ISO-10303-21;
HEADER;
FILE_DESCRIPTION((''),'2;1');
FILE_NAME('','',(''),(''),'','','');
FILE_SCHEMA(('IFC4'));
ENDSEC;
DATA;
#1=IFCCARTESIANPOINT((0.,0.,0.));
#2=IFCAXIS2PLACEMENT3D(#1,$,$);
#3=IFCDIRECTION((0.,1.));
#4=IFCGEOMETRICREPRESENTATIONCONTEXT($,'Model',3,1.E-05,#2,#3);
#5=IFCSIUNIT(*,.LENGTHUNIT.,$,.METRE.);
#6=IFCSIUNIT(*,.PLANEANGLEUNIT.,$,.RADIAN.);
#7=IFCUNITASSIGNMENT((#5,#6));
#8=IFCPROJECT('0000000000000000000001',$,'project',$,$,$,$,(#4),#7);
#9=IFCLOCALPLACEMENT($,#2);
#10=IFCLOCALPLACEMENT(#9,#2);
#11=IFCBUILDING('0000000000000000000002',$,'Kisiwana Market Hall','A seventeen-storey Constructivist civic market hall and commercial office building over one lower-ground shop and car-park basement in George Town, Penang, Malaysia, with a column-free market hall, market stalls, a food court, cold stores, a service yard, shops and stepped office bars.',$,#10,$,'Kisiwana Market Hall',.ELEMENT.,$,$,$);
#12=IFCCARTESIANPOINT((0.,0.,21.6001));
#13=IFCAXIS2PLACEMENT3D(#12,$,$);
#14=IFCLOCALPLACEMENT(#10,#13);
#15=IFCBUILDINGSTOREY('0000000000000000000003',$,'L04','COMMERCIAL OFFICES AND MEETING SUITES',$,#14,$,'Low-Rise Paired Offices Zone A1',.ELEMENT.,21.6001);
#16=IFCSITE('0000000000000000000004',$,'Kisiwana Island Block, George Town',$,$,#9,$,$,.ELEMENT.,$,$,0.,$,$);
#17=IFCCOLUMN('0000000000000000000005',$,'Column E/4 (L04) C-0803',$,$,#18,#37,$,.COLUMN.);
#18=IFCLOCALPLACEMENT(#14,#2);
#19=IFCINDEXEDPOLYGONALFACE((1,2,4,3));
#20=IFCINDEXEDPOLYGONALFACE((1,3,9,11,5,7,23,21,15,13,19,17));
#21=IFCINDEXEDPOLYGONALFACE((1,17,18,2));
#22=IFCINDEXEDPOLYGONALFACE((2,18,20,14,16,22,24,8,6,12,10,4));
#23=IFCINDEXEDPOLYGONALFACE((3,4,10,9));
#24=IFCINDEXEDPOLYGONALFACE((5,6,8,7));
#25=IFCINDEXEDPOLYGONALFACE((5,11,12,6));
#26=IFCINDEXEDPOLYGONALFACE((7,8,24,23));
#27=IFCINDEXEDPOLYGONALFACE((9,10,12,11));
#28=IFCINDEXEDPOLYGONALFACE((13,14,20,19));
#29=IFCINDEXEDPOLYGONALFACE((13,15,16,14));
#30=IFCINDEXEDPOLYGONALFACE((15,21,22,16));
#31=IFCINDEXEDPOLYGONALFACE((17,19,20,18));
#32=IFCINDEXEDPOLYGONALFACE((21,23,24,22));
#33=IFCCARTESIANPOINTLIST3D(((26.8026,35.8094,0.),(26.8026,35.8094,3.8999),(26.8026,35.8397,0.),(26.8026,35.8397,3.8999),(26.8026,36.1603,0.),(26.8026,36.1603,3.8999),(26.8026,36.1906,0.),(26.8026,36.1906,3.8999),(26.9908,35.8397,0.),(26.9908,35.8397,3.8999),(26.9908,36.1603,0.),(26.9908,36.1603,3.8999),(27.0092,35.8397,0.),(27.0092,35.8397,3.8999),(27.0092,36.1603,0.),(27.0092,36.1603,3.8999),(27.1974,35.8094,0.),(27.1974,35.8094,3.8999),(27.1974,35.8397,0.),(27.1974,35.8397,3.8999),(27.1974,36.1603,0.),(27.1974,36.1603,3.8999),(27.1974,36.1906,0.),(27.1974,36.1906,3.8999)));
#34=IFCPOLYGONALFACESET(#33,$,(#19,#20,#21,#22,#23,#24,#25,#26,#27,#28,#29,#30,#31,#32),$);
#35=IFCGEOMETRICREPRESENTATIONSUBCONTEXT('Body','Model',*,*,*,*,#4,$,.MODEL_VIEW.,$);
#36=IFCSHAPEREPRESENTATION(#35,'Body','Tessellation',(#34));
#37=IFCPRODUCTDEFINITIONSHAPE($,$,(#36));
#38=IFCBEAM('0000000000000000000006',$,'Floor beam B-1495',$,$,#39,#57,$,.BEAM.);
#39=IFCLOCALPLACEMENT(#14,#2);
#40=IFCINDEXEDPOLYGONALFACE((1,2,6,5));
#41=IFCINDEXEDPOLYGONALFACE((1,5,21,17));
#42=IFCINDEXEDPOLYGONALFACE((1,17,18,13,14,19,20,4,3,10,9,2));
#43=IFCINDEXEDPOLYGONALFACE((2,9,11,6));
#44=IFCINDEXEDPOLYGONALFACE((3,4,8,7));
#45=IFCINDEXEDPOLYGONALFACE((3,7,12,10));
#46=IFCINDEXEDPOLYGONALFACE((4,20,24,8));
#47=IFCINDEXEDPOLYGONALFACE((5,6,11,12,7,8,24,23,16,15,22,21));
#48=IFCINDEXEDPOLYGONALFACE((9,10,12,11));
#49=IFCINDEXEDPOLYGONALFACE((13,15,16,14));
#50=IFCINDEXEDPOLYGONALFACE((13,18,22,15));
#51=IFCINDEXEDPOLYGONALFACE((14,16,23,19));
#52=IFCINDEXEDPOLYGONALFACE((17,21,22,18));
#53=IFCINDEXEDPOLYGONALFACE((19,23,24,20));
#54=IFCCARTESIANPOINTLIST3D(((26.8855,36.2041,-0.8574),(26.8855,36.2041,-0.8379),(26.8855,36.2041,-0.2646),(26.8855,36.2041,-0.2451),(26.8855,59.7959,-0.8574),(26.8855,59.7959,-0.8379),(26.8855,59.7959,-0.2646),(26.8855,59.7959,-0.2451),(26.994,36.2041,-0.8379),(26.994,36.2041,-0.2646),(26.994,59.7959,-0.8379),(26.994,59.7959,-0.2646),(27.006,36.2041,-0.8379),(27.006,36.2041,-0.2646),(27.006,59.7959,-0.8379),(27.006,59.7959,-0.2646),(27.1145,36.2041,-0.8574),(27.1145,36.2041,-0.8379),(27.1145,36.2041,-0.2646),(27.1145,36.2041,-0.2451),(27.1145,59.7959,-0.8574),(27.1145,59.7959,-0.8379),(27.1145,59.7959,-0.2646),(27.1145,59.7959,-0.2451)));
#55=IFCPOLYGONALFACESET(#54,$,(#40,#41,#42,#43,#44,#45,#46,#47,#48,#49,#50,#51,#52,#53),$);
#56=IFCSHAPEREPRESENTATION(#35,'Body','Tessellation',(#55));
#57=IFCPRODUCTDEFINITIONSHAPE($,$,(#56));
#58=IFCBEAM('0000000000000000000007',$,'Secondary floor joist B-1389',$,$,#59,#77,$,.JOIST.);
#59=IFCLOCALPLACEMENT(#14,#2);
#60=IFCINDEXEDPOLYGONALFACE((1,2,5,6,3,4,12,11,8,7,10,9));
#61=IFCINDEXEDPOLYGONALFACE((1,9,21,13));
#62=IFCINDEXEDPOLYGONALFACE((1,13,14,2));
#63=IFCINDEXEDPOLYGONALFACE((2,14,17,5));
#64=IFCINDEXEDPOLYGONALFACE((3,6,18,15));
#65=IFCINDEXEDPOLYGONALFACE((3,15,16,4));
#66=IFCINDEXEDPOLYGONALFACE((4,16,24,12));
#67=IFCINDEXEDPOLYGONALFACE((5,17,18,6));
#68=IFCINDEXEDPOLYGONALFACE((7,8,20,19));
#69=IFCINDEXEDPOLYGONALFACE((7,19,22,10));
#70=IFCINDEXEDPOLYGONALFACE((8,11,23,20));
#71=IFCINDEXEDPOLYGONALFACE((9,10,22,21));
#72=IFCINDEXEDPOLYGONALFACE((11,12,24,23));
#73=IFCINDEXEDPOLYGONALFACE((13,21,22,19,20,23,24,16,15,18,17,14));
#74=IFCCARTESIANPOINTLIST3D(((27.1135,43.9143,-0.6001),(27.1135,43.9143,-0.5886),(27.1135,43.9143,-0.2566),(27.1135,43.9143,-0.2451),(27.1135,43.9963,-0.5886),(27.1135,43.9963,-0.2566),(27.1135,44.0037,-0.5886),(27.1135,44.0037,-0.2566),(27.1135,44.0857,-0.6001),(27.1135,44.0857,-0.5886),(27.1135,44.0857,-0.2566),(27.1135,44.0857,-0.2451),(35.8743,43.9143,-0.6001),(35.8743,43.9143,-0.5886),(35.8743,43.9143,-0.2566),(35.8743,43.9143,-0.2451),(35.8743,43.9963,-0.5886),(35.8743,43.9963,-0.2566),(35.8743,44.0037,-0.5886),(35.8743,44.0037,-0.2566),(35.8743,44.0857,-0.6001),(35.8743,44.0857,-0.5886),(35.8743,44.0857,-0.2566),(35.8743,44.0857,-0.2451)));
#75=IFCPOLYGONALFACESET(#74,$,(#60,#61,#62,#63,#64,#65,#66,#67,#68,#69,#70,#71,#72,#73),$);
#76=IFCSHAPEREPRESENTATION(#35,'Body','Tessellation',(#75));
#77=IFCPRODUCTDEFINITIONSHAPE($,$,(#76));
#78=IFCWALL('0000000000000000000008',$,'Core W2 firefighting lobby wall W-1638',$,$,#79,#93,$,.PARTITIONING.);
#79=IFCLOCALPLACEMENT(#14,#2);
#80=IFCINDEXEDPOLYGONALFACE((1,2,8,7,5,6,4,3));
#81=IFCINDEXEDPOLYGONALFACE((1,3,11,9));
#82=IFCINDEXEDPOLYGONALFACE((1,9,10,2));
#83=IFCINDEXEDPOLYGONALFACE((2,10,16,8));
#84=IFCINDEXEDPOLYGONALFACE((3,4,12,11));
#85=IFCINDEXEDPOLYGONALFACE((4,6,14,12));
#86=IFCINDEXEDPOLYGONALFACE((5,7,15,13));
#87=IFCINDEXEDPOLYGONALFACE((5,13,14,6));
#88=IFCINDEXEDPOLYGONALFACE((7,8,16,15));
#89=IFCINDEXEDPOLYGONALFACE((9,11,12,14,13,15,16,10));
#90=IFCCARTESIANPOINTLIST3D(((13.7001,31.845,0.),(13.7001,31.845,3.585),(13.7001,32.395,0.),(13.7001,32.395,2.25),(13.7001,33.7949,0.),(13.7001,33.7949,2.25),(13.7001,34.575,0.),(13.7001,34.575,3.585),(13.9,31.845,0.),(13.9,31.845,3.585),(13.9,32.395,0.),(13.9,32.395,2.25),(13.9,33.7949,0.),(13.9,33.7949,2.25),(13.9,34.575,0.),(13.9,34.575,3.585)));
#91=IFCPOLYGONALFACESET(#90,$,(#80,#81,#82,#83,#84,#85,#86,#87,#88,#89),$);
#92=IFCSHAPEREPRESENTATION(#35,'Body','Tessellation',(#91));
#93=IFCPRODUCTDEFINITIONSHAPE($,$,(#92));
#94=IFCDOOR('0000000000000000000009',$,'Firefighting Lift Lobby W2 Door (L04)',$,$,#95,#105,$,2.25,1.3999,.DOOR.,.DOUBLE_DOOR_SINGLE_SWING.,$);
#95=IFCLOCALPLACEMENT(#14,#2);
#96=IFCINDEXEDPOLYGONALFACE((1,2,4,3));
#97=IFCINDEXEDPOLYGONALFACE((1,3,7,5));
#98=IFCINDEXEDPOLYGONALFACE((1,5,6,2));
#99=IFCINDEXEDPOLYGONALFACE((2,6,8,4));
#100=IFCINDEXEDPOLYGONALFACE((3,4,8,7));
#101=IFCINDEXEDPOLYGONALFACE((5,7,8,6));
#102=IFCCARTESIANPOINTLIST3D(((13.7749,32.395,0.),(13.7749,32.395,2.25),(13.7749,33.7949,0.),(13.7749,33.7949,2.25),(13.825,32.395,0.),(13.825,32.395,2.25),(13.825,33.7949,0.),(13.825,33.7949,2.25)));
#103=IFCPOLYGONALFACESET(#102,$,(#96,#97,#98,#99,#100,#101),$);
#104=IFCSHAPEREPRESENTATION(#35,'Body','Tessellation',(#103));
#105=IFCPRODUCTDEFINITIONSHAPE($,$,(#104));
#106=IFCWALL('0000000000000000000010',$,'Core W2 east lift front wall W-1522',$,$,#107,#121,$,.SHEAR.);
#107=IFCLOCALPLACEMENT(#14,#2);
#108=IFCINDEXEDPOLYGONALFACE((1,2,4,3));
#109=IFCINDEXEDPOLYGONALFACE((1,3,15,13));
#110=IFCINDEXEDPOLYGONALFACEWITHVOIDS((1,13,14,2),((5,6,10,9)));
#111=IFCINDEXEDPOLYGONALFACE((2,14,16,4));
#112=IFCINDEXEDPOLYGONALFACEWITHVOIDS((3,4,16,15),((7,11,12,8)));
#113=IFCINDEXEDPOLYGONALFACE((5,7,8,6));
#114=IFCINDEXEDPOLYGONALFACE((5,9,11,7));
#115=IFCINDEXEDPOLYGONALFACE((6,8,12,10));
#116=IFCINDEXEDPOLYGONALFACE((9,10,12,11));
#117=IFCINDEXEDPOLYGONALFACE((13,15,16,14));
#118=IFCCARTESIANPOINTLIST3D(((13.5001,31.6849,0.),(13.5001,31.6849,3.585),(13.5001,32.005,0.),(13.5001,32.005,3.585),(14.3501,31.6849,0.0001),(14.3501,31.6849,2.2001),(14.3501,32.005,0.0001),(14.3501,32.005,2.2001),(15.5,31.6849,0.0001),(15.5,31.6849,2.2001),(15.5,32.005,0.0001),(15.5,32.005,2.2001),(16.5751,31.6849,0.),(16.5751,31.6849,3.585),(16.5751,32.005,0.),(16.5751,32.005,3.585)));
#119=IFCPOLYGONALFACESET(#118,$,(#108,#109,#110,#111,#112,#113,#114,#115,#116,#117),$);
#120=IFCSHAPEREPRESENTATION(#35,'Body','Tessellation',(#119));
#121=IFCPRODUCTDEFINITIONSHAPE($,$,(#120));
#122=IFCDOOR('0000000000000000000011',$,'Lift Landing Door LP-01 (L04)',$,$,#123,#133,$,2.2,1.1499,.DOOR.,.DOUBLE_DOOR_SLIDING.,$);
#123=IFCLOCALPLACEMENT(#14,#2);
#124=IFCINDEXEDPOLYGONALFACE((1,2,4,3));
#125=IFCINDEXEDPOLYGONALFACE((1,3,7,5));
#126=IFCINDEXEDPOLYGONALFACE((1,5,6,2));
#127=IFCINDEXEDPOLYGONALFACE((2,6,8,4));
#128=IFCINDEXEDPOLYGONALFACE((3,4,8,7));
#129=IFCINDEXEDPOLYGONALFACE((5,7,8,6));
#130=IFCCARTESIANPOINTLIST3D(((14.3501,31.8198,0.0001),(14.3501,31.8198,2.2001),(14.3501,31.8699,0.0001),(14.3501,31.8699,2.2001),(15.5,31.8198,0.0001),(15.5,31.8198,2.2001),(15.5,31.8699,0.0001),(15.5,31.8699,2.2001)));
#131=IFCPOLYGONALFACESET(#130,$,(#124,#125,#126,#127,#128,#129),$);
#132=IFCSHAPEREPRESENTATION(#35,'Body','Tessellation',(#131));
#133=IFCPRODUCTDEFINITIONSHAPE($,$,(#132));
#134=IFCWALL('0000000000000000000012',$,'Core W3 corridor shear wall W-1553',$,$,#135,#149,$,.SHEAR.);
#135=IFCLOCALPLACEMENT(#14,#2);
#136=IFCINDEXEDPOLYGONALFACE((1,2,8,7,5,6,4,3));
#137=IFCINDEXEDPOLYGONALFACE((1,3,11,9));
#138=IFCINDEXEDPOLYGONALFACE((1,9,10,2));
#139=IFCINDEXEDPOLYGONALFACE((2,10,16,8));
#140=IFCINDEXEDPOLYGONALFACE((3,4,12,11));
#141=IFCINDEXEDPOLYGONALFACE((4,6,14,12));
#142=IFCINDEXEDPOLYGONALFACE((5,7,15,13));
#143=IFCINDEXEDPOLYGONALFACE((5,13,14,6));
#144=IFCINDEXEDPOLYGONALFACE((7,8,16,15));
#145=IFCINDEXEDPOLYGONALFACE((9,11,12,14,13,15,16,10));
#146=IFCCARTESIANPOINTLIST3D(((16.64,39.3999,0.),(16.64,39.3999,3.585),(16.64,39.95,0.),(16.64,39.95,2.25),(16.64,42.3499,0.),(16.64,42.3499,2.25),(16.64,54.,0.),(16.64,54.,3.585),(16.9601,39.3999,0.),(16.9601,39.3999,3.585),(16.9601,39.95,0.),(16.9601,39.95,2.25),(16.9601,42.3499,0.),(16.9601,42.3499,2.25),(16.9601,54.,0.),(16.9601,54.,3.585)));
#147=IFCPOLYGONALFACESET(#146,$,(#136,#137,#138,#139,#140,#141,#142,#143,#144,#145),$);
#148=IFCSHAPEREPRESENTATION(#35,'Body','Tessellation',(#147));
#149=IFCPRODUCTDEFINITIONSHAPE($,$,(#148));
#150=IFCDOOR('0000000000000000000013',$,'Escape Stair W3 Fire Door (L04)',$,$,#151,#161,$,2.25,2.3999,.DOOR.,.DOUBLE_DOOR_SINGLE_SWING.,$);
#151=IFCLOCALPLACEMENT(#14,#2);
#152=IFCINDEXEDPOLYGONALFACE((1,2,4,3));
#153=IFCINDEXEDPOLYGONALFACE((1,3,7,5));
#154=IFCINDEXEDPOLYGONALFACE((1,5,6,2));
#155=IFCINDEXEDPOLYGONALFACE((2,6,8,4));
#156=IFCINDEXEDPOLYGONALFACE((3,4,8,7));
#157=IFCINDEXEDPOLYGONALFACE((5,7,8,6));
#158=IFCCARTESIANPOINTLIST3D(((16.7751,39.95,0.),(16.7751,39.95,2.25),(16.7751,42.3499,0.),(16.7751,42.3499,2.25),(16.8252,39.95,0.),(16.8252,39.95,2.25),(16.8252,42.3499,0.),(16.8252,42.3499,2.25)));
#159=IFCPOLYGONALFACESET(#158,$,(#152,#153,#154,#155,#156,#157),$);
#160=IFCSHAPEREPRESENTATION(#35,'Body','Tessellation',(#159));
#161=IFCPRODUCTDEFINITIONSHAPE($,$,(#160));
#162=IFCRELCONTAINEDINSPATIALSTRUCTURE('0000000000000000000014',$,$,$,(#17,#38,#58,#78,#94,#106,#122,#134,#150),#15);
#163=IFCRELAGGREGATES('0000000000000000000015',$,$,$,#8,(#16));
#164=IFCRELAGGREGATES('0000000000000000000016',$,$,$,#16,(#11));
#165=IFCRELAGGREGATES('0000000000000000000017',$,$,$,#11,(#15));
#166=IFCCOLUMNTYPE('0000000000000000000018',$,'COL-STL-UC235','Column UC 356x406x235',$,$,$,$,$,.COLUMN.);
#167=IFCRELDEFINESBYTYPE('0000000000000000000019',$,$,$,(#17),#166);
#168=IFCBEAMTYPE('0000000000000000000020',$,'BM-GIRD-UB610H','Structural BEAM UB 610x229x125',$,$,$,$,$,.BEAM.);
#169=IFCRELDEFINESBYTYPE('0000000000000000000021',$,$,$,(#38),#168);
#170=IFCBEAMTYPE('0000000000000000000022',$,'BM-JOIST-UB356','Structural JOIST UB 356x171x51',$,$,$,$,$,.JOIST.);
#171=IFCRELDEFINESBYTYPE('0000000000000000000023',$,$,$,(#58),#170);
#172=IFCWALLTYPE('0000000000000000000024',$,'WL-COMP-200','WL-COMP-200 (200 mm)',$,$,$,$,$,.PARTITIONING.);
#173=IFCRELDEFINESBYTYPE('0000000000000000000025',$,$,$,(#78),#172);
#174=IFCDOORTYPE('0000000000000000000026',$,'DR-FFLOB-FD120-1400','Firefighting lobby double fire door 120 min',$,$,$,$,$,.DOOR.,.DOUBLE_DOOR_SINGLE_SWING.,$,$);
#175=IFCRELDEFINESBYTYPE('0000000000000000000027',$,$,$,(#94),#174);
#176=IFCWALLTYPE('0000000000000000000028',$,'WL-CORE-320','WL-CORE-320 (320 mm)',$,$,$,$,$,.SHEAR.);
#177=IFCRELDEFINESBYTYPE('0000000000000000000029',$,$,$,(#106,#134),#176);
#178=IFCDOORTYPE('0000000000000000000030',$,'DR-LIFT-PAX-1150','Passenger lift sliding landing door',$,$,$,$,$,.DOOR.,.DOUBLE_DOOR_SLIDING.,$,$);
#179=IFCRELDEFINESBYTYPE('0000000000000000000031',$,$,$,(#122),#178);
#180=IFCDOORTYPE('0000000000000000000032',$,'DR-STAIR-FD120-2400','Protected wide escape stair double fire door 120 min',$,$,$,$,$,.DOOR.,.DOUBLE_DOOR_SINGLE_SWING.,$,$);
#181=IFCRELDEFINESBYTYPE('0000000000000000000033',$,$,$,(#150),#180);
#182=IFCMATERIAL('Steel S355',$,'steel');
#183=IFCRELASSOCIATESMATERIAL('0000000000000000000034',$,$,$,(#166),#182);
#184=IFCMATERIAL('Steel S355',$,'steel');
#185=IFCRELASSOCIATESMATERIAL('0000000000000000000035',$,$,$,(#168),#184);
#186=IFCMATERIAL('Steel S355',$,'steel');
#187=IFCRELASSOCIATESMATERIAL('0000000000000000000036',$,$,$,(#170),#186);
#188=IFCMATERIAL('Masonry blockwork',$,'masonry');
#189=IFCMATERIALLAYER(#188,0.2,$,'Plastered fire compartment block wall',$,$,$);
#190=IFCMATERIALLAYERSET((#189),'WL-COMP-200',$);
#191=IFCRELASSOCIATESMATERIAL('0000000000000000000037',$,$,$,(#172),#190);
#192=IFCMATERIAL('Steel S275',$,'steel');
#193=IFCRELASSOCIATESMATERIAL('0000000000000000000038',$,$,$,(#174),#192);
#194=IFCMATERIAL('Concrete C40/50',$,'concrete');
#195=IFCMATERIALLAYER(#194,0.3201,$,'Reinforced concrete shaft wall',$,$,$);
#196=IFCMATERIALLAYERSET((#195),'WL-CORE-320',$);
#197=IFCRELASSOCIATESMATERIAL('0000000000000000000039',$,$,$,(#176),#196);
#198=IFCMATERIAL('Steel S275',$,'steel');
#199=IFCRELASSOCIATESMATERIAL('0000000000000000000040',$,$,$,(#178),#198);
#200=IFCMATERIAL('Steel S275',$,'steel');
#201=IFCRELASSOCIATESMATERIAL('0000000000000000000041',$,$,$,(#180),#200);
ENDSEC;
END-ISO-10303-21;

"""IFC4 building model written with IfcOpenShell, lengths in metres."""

from ifc_helpers import new_model, si_unit, direction, frame, frame_2d, origin, origin_2d, place, context, subcontext, project, spatial, rectangle, i_section, extrude, material, layer, layer_set, material_profile, profile_set, type_object, element, fill, save


model = new_model("IFC4")

# Units and contexts
model_context = context("Model", 3, precision=1e-05, world=origin(), true_north=direction((0.0, 1.0)))
body_context = subcontext(model_context, "Body", "Model", "MODEL_VIEW")
ifc_project = project(units=[si_unit("LENGTHUNIT", "METRE"), si_unit("PLANEANGLEUNIT", "RADIAN")], contexts=[model_context])

# Site, building, storey
site_placement = place(None, origin())
site = spatial("IfcSite", under=ifc_project, at=site_placement, Name="Kisiwana Island Block, George Town", CompositionType="ELEMENT", RefElevation=0.0)
building_placement = place(site_placement, origin())
building = spatial("IfcBuilding", under=site, at=building_placement, Name="Kisiwana Market Hall", Description="A seventeen-storey Constructivist civic market hall and commercial office building over one lower-ground shop and car-park basement in George Town, Penang, Malaysia, with a column-free market hall, market stalls, a food court, cold stores, a service yard, shops and stepped office bars.", LongName="Kisiwana Market Hall", CompositionType="ELEMENT")
storey_placement = place(building_placement, frame((0.0, 0.0, 21.6001)))
storey = spatial("IfcBuildingStorey", under=building, at=storey_placement, Name="L04", Description="COMMERCIAL OFFICES AND MEETING SUITES", LongName="Low-Rise Paired Offices Zone A1", CompositionType="ELEMENT", Elevation=21.6001)

# Column
ifc_material_1 = material(Name="Steel S355", Category="steel")
ifc_material_profile_1 = material_profile(ifc_material_1, i_section(OverallWidth=0.3948, OverallDepth=0.3811, WebThickness=0.0183, FlangeThickness=0.0303, at=origin_2d()), Name="UC 356x406x235")
ifc_profile_set_1 = profile_set([ifc_material_profile_1], Name="Steel S355")
column_type = type_object("IfcColumnType", Name="COL-STL-UC235", Description="Column UC 356x406x235", PredefinedType="COLUMN", material=ifc_profile_set_1)
column_placement = place(storey_placement, frame((27.0, 36.0, 0.0), z_axis=(0.0, 0.0, 1.0), x_axis=(1.0, 0.0, 0.0)))
element("IfcColumn", 1, at=column_placement, inside=storey, type_object=column_type, Name="Column E/4 (L04) C-0803", PredefinedType="COLUMN", context=body_context, shape_type="SweptSolid", body=[
    extrude(i_section(OverallWidth=0.3948, OverallDepth=0.3811, WebThickness=0.0183, FlangeThickness=0.0303, at=origin_2d()), origin(), (0.0, 0.0, 1.0), 3.8999),
])

# Beams
ifc_material_2 = material(Name="Steel S355", Category="steel")
ifc_material_profile_2 = material_profile(ifc_material_2, i_section(OverallWidth=0.229, OverallDepth=0.6123, WebThickness=0.012, FlangeThickness=0.0195, at=origin_2d()), Name="UB 610x229x125")
ifc_profile_set_2 = profile_set([ifc_material_profile_2], Name="Steel S355")
beam_type_1 = type_object("IfcBeamType", Name="BM-GIRD-UB610H", Description="Structural BEAM UB 610x229x125", PredefinedType="BEAM", material=ifc_profile_set_2)
beam_1_placement = place(storey_placement, frame((27.0, 36.2041, -0.5513), z_axis=(0.0, 1.0, 0.0), x_axis=(-1.0, 0.0, 0.0)))
element("IfcBeam", 2, at=beam_1_placement, inside=storey, type_object=beam_type_1, Name="Floor beam B-1495", PredefinedType="BEAM", context=body_context, shape_type="SweptSolid", body=[
    extrude(i_section(OverallWidth=0.229, OverallDepth=0.6123, WebThickness=0.012, FlangeThickness=0.0195, at=origin_2d()), origin(), (0.0, 0.0, 1.0), 23.5918),
])
ifc_material_3 = material(Name="Steel S355", Category="steel")
ifc_material_profile_3 = material_profile(ifc_material_3, i_section(OverallWidth=0.1714, OverallDepth=0.355, WebThickness=0.0073, FlangeThickness=0.0115, at=origin_2d()), Name="UB 356x171x51")
ifc_profile_set_3 = profile_set([ifc_material_profile_3], Name="Steel S355")
beam_type_2 = type_object("IfcBeamType", Name="BM-JOIST-UB356", Description="Structural JOIST UB 356x171x51", PredefinedType="JOIST", material=ifc_profile_set_3)
beam_2_placement = place(storey_placement, frame((27.1135, 44.0, -0.4226), z_axis=(1.0, 0.0, 0.0), x_axis=(0.0, 1.0, 0.0)))
element("IfcBeam", 3, at=beam_2_placement, inside=storey, type_object=beam_type_2, Name="Secondary floor joist B-1389", PredefinedType="JOIST", context=body_context, shape_type="SweptSolid", body=[
    extrude(i_section(OverallWidth=0.1714, OverallDepth=0.355, WebThickness=0.0073, FlangeThickness=0.0115, at=origin_2d()), origin(), (0.0, 0.0, 1.0), 8.7607),
])

# Walls, openings, doors
ifc_material_4 = material(Name="Masonry blockwork", Category="masonry")
ifc_layer_1 = layer(ifc_material_4, 0.2, Name="Plastered fire compartment block wall")
ifc_layer_set_1 = layer_set([ifc_layer_1], Name="WL-COMP-200")
wall_type_1 = type_object("IfcWallType", Name="WL-COMP-200", Description="WL-COMP-200 (200 mm)", PredefinedType="PARTITIONING", material=ifc_layer_set_1)
wall_1_placement = place(storey_placement, frame((13.8, 31.845, 0.0), z_axis=(0.0, 0.0, 1.0), x_axis=(0.0, 1.0, 0.0)))
wall_1 = element("IfcWall", 4, at=wall_1_placement, inside=storey, type_object=wall_type_1, Name="Core W2 firefighting lobby wall W-1638", PredefinedType="PARTITIONING", context=body_context, shape_type="SweptSolid", body=[
    extrude(rectangle(XDim=2.73, YDim=0.2, at=frame_2d((1.365, 0.0))), origin(), (0.0, 0.0, 1.0), 3.585),
])
opening_1_placement = place(wall_1_placement, frame((0.55, 0.0, 0.0)))
opening_1 = element("IfcOpeningElement", 5, at=opening_1_placement, cuts=wall_1, PredefinedType="OPENING", context=body_context, shape_type="SweptSolid", body=[
    extrude(rectangle(XDim=1.3999, YDim=2.25, at=frame_2d((0.7, 1.125))), frame((0.0, 0.1118, 0.0), z_axis=(0.0, -1.0, 0.0), x_axis=(1.0, 0.0, 0.0)), (0.0, 0.0, 1.0), 0.2239),
])
ifc_material_5 = material(Name="Steel S275", Category="steel")
door_type_1 = type_object("IfcDoorType", Name="DR-FFLOB-FD120-1400", Description="Firefighting lobby double fire door 120 min", OperationType="DOUBLE_DOOR_SINGLE_SWING", PredefinedType="DOOR", material=ifc_material_5)
door_1_placement = place(opening_1_placement, frame((1.3999, 0.0, 0.0), z_axis=(0.0, 0.0, 1.0), x_axis=(-1.0, 0.0, 0.0)))
door_1 = element("IfcDoor", 6, at=door_1_placement, inside=storey, type_object=door_type_1, Name="Firefighting Lift Lobby W2 Door (L04)", OperationType="DOUBLE_DOOR_SINGLE_SWING", OverallHeight=2.25, OverallWidth=1.3999, PredefinedType="DOOR", context=body_context, shape_type="SweptSolid", body=[
    extrude(rectangle(XDim=1.3999, YDim=2.25, at=frame_2d((0.7, 1.125))), frame((0.0, 0.0249, 0.0), z_axis=(0.0, -1.0, 0.0), x_axis=(1.0, 0.0, 0.0)), (0.0, 0.0, 1.0), 0.05),
])
fill(opening_1, door_1)
ifc_material_6 = material(Name="Concrete C40/50", Category="concrete")
ifc_layer_2 = layer(ifc_material_6, 0.3201, Name="Reinforced concrete shaft wall")
ifc_layer_set_2 = layer_set([ifc_layer_2], Name="WL-CORE-320")
wall_type_2 = type_object("IfcWallType", Name="WL-CORE-320", Description="WL-CORE-320 (320 mm)", PredefinedType="SHEAR", material=ifc_layer_set_2)
wall_2_placement = place(storey_placement, frame((13.5, 31.845, 0.0), z_axis=(0.0, 0.0, 1.0), x_axis=(1.0, 0.0, 0.0)))
wall_2 = element("IfcWall", 7, at=wall_2_placement, inside=storey, type_object=wall_type_2, Name="Core W2 east lift front wall W-1522", PredefinedType="SHEAR", context=body_context, shape_type="SweptSolid", body=[
    extrude(rectangle(XDim=3.075, YDim=0.3201, at=frame_2d((1.5376, 0.0))), origin(), (0.0, 0.0, 1.0), 3.585),
])
opening_2_placement = place(wall_2_placement, frame((0.8501, 0.0, 0.0)))
opening_2 = element("IfcOpeningElement", 8, at=opening_2_placement, cuts=wall_2, PredefinedType="OPENING", context=body_context, shape_type="SweptSolid", body=[
    extrude(rectangle(XDim=1.1499, YDim=2.2, at=frame_2d((0.575, 1.1001))), frame((0.0, 0.1719, 0.0), z_axis=(0.0, -1.0, 0.0), x_axis=(1.0, 0.0, 0.0)), (0.0, 0.0, 1.0), 0.344),
])
ifc_material_7 = material(Name="Steel S275", Category="steel")
door_type_2 = type_object("IfcDoorType", Name="DR-LIFT-PAX-1150", Description="Passenger lift sliding landing door", OperationType="DOUBLE_DOOR_SLIDING", PredefinedType="DOOR", material=ifc_material_7)
door_2_placement = place(opening_2_placement, origin())
door_2 = element("IfcDoor", 9, at=door_2_placement, inside=storey, type_object=door_type_2, Name="Lift Landing Door LP-01 (L04)", OperationType="DOUBLE_DOOR_SLIDING", OverallHeight=2.2, OverallWidth=1.1499, PredefinedType="DOOR", context=body_context, shape_type="SweptSolid", body=[
    extrude(rectangle(XDim=1.1499, YDim=2.2, at=frame_2d((0.575, 1.1001))), frame((0.0, 0.0249, 0.0), z_axis=(0.0, -1.0, 0.0), x_axis=(1.0, 0.0, 0.0)), (0.0, 0.0, 1.0), 0.05),
])
fill(opening_2, door_2)
wall_3_placement = place(storey_placement, frame((16.8, 39.3999, 0.0), z_axis=(0.0, 0.0, 1.0), x_axis=(0.0, 1.0, 0.0)))
wall_3 = element("IfcWall", 10, at=wall_3_placement, inside=storey, type_object=wall_type_2, Name="Core W3 corridor shear wall W-1553", PredefinedType="SHEAR", context=body_context, shape_type="SweptSolid", body=[
    extrude(rectangle(XDim=14.6001, YDim=0.3201, at=frame_2d((7.3, 0.0))), origin(), (0.0, 0.0, 1.0), 3.585),
])
opening_3_placement = place(wall_3_placement, frame((0.55, 0.0, 0.0)))
opening_3 = element("IfcOpeningElement", 11, at=opening_3_placement, cuts=wall_3, PredefinedType="OPENING", context=body_context, shape_type="SweptSolid", body=[
    extrude(rectangle(XDim=2.3999, YDim=2.25, at=frame_2d((1.2, 1.125))), frame((0.0, 0.1719, 0.0), z_axis=(0.0, -1.0, 0.0), x_axis=(1.0, 0.0, 0.0)), (0.0, 0.0, 1.0), 0.344),
])
ifc_material_8 = material(Name="Steel S275", Category="steel")
door_type_3 = type_object("IfcDoorType", Name="DR-STAIR-FD120-2400", Description="Protected wide escape stair double fire door 120 min", OperationType="DOUBLE_DOOR_SINGLE_SWING", PredefinedType="DOOR", material=ifc_material_8)
door_3_placement = place(opening_3_placement, origin())
door_3 = element("IfcDoor", 12, at=door_3_placement, inside=storey, type_object=door_type_3, Name="Escape Stair W3 Fire Door (L04)", OperationType="DOUBLE_DOOR_SINGLE_SWING", OverallHeight=2.25, OverallWidth=2.3999, PredefinedType="DOOR", context=body_context, shape_type="SweptSolid", body=[
    extrude(rectangle(XDim=2.3999, YDim=2.25, at=frame_2d((1.2, 1.125))), frame((0.0, 0.0249, 0.0), z_axis=(0.0, -1.0, 0.0), x_axis=(1.0, 0.0, 0.0)), (0.0, 0.0, 1.0), 0.05),
])
fill(opening_3, door_3)

save(model, "model.ifc")
